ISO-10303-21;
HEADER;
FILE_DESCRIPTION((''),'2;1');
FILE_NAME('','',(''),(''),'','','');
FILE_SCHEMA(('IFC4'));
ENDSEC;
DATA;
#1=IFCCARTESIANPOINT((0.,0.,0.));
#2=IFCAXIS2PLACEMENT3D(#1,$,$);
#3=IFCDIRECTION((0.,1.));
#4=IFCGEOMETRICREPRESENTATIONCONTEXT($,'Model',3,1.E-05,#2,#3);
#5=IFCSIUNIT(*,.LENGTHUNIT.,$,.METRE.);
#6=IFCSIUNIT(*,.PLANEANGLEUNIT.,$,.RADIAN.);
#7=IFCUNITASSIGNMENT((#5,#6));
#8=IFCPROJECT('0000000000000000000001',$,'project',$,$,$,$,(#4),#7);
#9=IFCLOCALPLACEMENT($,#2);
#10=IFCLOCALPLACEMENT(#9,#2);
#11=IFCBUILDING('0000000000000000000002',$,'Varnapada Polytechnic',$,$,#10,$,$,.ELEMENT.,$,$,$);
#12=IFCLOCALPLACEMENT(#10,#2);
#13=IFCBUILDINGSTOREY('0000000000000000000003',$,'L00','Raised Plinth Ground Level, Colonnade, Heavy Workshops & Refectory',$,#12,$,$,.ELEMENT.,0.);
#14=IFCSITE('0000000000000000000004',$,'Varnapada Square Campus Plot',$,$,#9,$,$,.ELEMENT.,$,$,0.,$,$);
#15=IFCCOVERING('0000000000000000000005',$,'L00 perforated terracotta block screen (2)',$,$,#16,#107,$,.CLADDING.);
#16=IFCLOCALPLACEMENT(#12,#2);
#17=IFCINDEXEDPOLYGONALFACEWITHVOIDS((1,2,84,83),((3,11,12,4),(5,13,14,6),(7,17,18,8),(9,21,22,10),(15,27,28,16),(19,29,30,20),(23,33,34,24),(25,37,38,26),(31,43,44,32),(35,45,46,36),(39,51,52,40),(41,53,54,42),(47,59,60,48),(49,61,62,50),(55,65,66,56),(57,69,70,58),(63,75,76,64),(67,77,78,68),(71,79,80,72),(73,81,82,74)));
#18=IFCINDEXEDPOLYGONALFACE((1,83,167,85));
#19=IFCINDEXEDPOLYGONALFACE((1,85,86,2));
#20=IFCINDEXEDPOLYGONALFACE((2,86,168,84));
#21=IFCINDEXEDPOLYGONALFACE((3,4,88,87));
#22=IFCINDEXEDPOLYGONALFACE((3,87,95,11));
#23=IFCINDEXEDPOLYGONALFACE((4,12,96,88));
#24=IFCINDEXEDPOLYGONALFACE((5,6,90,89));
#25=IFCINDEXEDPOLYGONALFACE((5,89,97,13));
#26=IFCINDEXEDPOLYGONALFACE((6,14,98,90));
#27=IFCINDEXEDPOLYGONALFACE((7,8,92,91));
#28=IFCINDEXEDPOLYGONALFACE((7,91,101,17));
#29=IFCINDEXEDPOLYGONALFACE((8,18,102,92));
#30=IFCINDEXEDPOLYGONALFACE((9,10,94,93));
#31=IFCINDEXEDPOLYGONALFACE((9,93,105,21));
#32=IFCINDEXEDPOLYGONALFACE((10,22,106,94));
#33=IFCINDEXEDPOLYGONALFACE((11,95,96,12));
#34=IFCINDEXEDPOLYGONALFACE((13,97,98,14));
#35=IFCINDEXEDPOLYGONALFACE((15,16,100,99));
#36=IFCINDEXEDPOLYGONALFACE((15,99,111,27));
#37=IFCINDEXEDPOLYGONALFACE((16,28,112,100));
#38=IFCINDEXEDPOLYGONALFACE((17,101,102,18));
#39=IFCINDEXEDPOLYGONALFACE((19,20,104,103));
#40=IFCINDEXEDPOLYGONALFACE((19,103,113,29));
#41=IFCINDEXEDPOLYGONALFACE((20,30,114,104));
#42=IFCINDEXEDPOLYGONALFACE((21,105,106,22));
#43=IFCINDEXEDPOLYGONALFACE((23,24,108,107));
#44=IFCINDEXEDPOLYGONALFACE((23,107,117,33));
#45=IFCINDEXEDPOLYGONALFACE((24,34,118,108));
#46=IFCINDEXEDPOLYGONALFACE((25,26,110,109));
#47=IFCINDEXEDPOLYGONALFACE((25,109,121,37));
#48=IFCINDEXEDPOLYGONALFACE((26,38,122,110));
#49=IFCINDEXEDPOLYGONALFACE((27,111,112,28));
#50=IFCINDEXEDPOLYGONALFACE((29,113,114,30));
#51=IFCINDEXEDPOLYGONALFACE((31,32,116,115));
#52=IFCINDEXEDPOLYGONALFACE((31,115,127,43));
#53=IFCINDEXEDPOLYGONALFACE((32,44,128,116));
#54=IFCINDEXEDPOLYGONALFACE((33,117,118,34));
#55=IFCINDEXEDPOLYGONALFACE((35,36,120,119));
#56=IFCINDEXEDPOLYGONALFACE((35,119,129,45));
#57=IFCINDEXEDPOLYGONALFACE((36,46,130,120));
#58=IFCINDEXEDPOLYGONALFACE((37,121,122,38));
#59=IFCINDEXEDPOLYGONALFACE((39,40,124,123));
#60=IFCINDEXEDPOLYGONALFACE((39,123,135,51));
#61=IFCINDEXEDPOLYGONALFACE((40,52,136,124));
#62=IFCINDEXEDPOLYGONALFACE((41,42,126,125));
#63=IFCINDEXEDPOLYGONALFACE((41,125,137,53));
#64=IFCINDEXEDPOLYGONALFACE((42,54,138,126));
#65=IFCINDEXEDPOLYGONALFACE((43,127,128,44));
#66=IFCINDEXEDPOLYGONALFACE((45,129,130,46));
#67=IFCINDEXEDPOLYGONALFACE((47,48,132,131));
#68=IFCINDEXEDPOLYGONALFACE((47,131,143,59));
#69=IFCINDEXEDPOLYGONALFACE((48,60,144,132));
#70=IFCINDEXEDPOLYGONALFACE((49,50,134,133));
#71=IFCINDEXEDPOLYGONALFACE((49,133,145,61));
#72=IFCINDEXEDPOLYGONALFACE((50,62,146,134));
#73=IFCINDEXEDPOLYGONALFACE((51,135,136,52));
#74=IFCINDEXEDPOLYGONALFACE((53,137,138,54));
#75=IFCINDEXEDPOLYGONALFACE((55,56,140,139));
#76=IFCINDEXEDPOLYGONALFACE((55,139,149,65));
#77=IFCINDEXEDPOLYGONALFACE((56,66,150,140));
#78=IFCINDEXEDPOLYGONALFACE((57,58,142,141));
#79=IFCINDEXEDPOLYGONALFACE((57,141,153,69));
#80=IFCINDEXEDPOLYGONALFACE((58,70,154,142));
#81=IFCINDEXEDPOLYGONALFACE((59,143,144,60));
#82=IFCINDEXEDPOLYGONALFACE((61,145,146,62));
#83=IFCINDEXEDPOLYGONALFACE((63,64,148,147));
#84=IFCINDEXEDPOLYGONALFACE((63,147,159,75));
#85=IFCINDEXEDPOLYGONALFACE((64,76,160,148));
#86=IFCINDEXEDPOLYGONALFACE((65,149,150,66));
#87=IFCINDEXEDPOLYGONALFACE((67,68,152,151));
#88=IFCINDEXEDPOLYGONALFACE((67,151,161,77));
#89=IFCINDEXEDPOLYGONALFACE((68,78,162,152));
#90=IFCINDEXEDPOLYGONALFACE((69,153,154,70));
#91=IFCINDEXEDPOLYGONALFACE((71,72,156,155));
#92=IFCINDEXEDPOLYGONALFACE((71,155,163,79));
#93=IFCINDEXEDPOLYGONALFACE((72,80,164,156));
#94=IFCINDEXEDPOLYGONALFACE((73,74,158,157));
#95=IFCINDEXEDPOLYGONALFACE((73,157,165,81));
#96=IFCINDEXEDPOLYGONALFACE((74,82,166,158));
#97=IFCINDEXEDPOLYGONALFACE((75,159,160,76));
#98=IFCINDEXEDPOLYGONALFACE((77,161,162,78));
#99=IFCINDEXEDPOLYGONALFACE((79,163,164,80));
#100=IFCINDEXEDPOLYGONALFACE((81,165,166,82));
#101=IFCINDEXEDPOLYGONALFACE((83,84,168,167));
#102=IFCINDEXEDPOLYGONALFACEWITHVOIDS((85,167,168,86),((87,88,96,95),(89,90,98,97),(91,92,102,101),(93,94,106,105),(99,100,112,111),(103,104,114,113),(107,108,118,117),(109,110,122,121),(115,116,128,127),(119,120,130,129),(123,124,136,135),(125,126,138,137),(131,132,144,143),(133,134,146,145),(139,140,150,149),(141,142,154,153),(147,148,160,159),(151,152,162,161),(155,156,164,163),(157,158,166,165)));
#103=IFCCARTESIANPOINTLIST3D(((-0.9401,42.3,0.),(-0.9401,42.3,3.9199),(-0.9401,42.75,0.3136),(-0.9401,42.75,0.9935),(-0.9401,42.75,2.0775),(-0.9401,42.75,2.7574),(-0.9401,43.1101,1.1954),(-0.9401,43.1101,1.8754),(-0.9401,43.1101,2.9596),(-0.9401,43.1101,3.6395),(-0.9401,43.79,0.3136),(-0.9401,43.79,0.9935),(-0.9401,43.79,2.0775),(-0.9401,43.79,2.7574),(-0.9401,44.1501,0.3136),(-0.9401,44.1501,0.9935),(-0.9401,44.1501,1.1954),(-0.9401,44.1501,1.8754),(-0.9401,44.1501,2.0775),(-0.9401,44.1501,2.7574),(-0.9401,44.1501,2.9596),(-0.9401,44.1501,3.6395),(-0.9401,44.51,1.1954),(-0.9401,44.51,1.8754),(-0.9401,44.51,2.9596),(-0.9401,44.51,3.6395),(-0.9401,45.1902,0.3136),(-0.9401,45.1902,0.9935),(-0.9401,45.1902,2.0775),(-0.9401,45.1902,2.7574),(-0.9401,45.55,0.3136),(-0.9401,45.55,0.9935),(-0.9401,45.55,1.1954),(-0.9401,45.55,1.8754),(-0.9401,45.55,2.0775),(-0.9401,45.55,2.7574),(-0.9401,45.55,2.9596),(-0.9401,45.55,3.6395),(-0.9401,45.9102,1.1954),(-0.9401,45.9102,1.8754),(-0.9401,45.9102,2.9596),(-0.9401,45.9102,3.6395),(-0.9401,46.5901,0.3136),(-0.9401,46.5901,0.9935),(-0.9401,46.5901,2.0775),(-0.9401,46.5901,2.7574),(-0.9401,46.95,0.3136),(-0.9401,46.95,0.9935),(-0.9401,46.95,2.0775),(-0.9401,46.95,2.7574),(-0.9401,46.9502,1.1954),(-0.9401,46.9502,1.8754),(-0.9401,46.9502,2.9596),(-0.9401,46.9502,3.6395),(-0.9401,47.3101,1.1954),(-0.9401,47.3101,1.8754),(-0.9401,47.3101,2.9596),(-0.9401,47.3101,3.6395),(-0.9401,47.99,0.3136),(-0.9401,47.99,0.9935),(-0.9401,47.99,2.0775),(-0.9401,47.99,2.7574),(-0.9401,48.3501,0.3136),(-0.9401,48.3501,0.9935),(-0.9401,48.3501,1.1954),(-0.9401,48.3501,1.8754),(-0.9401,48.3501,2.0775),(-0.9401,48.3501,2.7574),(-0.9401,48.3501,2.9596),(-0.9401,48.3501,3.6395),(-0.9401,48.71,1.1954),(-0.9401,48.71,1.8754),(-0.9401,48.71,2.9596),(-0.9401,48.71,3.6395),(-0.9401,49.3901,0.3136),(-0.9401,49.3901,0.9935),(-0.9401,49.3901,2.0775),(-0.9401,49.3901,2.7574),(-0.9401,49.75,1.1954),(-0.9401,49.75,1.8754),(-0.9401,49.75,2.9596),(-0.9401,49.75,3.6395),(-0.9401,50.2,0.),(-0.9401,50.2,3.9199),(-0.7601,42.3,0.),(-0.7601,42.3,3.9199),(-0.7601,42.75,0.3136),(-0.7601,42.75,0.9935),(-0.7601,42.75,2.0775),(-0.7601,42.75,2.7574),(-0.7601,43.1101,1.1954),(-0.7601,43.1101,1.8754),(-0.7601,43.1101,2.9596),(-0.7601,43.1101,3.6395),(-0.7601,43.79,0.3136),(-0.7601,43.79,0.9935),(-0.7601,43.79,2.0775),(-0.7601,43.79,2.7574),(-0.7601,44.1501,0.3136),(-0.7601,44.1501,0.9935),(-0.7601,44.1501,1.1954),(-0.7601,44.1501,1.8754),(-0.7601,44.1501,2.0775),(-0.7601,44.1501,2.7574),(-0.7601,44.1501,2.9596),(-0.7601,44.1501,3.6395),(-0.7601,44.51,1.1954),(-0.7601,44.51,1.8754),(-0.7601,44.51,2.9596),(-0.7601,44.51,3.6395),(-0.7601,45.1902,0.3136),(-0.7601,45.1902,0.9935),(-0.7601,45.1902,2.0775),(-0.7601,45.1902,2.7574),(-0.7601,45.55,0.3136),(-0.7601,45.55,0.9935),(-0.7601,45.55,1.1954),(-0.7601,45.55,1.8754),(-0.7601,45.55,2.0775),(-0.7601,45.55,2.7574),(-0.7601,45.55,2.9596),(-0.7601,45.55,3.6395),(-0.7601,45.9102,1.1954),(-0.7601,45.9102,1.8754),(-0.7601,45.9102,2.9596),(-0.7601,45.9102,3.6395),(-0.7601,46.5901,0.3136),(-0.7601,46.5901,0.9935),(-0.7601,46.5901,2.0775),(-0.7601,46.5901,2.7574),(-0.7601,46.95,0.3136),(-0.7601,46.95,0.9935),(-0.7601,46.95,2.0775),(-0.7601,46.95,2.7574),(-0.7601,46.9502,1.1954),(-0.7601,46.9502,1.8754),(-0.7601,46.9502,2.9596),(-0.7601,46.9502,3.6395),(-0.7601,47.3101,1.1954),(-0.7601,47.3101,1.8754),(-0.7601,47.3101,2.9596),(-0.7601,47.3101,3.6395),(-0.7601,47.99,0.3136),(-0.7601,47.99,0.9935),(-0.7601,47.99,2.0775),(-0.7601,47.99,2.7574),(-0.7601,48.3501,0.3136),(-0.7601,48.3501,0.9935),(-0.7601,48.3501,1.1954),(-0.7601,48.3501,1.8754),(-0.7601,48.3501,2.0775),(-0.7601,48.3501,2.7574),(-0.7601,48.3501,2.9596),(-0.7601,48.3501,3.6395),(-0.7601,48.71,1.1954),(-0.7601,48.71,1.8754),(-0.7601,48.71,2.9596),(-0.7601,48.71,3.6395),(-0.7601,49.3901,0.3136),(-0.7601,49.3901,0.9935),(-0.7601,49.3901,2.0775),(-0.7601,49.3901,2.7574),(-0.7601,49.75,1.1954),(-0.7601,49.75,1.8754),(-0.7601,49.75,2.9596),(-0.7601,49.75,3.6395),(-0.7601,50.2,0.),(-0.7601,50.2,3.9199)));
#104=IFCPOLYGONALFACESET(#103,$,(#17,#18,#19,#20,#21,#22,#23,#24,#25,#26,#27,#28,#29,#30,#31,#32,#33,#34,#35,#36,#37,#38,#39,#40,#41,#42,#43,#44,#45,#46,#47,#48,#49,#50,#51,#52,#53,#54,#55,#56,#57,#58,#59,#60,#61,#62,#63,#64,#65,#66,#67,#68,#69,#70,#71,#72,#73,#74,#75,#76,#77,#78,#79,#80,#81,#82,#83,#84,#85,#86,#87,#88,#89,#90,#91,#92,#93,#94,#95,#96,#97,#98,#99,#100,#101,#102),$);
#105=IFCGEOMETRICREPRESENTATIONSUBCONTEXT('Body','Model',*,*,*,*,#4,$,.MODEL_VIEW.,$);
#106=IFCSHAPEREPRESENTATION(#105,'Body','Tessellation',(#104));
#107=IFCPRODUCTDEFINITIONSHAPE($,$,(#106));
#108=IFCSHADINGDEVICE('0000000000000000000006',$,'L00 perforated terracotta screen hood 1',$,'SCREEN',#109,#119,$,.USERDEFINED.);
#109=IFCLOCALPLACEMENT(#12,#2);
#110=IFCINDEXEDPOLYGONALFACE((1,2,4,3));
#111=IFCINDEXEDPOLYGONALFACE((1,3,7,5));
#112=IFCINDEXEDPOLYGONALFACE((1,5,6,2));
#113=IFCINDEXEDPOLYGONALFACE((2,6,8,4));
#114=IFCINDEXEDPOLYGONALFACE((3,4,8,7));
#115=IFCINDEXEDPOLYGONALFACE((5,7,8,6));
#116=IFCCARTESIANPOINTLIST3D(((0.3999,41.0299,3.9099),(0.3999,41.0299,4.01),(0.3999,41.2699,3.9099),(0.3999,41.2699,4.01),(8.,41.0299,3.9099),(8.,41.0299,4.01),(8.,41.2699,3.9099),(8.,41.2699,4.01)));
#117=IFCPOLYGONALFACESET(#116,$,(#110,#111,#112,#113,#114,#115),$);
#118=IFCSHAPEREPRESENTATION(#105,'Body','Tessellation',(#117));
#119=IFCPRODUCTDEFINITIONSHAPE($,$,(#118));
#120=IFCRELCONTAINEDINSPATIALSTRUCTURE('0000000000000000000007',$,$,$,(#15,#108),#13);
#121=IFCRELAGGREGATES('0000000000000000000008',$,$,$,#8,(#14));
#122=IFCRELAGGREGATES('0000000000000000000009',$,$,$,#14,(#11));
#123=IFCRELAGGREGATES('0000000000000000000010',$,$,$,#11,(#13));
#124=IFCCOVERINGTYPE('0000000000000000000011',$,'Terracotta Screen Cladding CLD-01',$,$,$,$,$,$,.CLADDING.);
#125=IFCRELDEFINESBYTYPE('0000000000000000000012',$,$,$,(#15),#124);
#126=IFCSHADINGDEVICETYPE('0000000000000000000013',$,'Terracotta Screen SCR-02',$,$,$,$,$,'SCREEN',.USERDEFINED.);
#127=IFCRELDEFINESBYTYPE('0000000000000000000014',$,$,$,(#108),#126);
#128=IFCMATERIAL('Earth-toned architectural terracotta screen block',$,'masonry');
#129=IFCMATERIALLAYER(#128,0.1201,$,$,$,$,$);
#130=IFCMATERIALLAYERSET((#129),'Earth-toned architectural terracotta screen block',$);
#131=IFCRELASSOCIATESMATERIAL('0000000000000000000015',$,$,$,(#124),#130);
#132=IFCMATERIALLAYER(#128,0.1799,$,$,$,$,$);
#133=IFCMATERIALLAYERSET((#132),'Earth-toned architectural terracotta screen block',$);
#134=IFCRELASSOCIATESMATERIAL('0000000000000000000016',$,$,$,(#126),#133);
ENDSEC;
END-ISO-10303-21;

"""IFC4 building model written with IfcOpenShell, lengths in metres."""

from ifc_helpers import new_model, si_unit, direction, frame, frame_2d, origin, origin_2d, place, context, subcontext, project, spatial, rectangle, extrude, material, layer, layer_set, type_object, element, save


model = new_model("IFC4")

# Units and contexts
model_context = context("Model", 3, precision=1e-05, world=origin(), true_north=direction((0.0, 1.0)))
body_context = subcontext(model_context, "Body", "Model", "MODEL_VIEW")
ifc_project = project(units=[si_unit("LENGTHUNIT", "METRE"), si_unit("PLANEANGLEUNIT", "RADIAN")], contexts=[model_context])

# Site, building, storey
site_placement = place(None, origin())
site = spatial("IfcSite", under=ifc_project, at=site_placement, Name="Varnapada Square Campus Plot", CompositionType="ELEMENT", RefElevation=0.0)
building_placement = place(site_placement, origin())
building = spatial("IfcBuilding", under=site, at=building_placement, Name="Varnapada Polytechnic", CompositionType="ELEMENT")
storey_placement = place(building_placement, origin())
storey = spatial("IfcBuildingStorey", under=building, at=storey_placement, Name="L00", Description="Raised Plinth Ground Level, Colonnade, Heavy Workshops & Refectory", CompositionType="ELEMENT", Elevation=0.0)

# Covering, openings
ifc_material_1 = material(Name="Earth-toned architectural terracotta screen block", Category="masonry")
ifc_layer_1 = layer(ifc_material_1, 0.1201)
ifc_layer_set_1 = layer_set([ifc_layer_1], Name="Earth-toned architectural terracotta screen block")
covering_type = type_object("IfcCoveringType", Name="Terracotta Screen Cladding CLD-01", PredefinedType="CLADDING", material=ifc_layer_set_1)
covering_placement = place(storey_placement, frame((-0.8501, 42.3, 0.0), z_axis=(0.0, 0.0, 1.0), x_axis=(0.0, 1.0, 0.0)))
covering = element("IfcCovering", 1, at=covering_placement, inside=storey, type_object=covering_type, Name="L00 perforated terracotta block screen (2)", PredefinedType="CLADDING", context=body_context, shape_type="SweptSolid", body=[
    extrude(rectangle(XDim=7.8999, YDim=0.1799, at=frame_2d((3.95, 0.0))), origin(), (0.0, 0.0, 1.0), 3.9199),
])
opening_1_placement = place(covering_placement, frame((0.45, 0.0, 0.3137)))
element("IfcOpeningElement", 2, at=opening_1_placement, cuts=covering, PredefinedType="OPENING", context=body_context, shape_type="SweptSolid", body=[
    extrude(rectangle(XDim=1.04, YDim=0.6799, at=frame_2d((0.52, 0.3398))), frame((0.0, 0.0999, 0.0), z_axis=(0.0, -1.0, 0.0), x_axis=(1.0, 0.0, 0.0)), (0.0, 0.0, 1.0), 0.2),
])
opening_2_placement = place(covering_placement, frame((1.8501, 0.0, 0.3137)))
element("IfcOpeningElement", 3, at=opening_2_placement, cuts=covering, PredefinedType="OPENING", context=body_context, shape_type="SweptSolid", body=[
    extrude(rectangle(XDim=1.04, YDim=0.6799, at=frame_2d((0.52, 0.3398))), frame((0.0, 0.0999, 0.0), z_axis=(0.0, -1.0, 0.0), x_axis=(1.0, 0.0, 0.0)), (0.0, 0.0, 1.0), 0.2),
])
opening_3_placement = place(covering_placement, frame((3.25, 0.0, 0.3137)))
element("IfcOpeningElement", 4, at=opening_3_placement, cuts=covering, PredefinedType="OPENING", context=body_context, shape_type="SweptSolid", body=[
    extrude(rectangle(XDim=1.04, YDim=0.6799, at=frame_2d((0.52, 0.3398))), frame((0.0, 0.0999, 0.0), z_axis=(0.0, -1.0, 0.0), x_axis=(1.0, 0.0, 0.0)), (0.0, 0.0, 1.0), 0.2),
])
opening_4_placement = place(covering_placement, frame((4.6499, 0.0, 0.3137)))
element("IfcOpeningElement", 5, at=opening_4_placement, cuts=covering, PredefinedType="OPENING", context=body_context, shape_type="SweptSolid", body=[
    extrude(rectangle(XDim=1.04, YDim=0.6799, at=frame_2d((0.52, 0.3398))), frame((0.0, 0.0999, 0.0), z_axis=(0.0, -1.0, 0.0), x_axis=(1.0, 0.0, 0.0)), (0.0, 0.0, 1.0), 0.2),
])
opening_5_placement = place(covering_placement, frame((6.05, 0.0, 0.3137)))
element("IfcOpeningElement", 6, at=opening_5_placement, cuts=covering, PredefinedType="OPENING", context=body_context, shape_type="SweptSolid", body=[
    extrude(rectangle(XDim=1.04, YDim=0.6799, at=frame_2d((0.52, 0.3398))), frame((0.0, 0.0999, 0.0), z_axis=(0.0, -1.0, 0.0), x_axis=(1.0, 0.0, 0.0)), (0.0, 0.0, 1.0), 0.2),
])
opening_6_placement = place(covering_placement, frame((0.8101, 0.0, 1.1956)))
element("IfcOpeningElement", 7, at=opening_6_placement, cuts=covering, PredefinedType="OPENING", context=body_context, shape_type="SweptSolid", body=[
    extrude(rectangle(XDim=1.04, YDim=0.6799, at=frame_2d((0.52, 0.3398))), frame((0.0, 0.0999, 0.0), z_axis=(0.0, -1.0, 0.0), x_axis=(1.0, 0.0, 0.0)), (0.0, 0.0, 1.0), 0.2),
])
opening_7_placement = place(covering_placement, frame((2.21, 0.0, 1.1956)))
element("IfcOpeningElement", 8, at=opening_7_placement, cuts=covering, PredefinedType="OPENING", context=body_context, shape_type="SweptSolid", body=[
    extrude(rectangle(XDim=1.04, YDim=0.6799, at=frame_2d((0.52, 0.3398))), frame((0.0, 0.0999, 0.0), z_axis=(0.0, -1.0, 0.0), x_axis=(1.0, 0.0, 0.0)), (0.0, 0.0, 1.0), 0.2),
])
opening_8_placement = place(covering_placement, frame((3.6101, 0.0, 1.1956)))
element("IfcOpeningElement", 9, at=opening_8_placement, cuts=covering, PredefinedType="OPENING", context=body_context, shape_type="SweptSolid", body=[
    extrude(rectangle(XDim=1.04, YDim=0.6799, at=frame_2d((0.52, 0.3398))), frame((0.0, 0.0999, 0.0), z_axis=(0.0, -1.0, 0.0), x_axis=(1.0, 0.0, 0.0)), (0.0, 0.0, 1.0), 0.2),
])
opening_9_placement = place(covering_placement, frame((5.01, 0.0, 1.1956)))
element("IfcOpeningElement", 10, at=opening_9_placement, cuts=covering, PredefinedType="OPENING", context=body_context, shape_type="SweptSolid", body=[
    extrude(rectangle(XDim=1.04, YDim=0.6799, at=frame_2d((0.52, 0.3398))), frame((0.0, 0.0999, 0.0), z_axis=(0.0, -1.0, 0.0), x_axis=(1.0, 0.0, 0.0)), (0.0, 0.0, 1.0), 0.2),
])
opening_10_placement = place(covering_placement, frame((6.4099, 0.0, 1.1956)))
element("IfcOpeningElement", 11, at=opening_10_placement, cuts=covering, PredefinedType="OPENING", context=body_context, shape_type="SweptSolid", body=[
    extrude(rectangle(XDim=1.04, YDim=0.6799, at=frame_2d((0.52, 0.3398))), frame((0.0, 0.0999, 0.0), z_axis=(0.0, -1.0, 0.0), x_axis=(1.0, 0.0, 0.0)), (0.0, 0.0, 1.0), 0.2),
])
opening_11_placement = place(covering_placement, frame((0.45, 0.0, 2.0776)))
element("IfcOpeningElement", 12, at=opening_11_placement, cuts=covering, PredefinedType="OPENING", context=body_context, shape_type="SweptSolid", body=[
    extrude(rectangle(XDim=1.04, YDim=0.6799, at=frame_2d((0.52, 0.3398))), frame((0.0, 0.0999, 0.0), z_axis=(0.0, -1.0, 0.0), x_axis=(1.0, 0.0, 0.0)), (0.0, 0.0, 1.0), 0.2),
])
opening_12_placement = place(covering_placement, frame((1.8501, 0.0, 2.0776)))
element("IfcOpeningElement", 13, at=opening_12_placement, cuts=covering, PredefinedType="OPENING", context=body_context, shape_type="SweptSolid", body=[
    extrude(rectangle(XDim=1.04, YDim=0.6799, at=frame_2d((0.52, 0.3398))), frame((0.0, 0.0999, 0.0), z_axis=(0.0, -1.0, 0.0), x_axis=(1.0, 0.0, 0.0)), (0.0, 0.0, 1.0), 0.2),
])
opening_13_placement = place(covering_placement, frame((3.25, 0.0, 2.0776)))
element("IfcOpeningElement", 14, at=opening_13_placement, cuts=covering, PredefinedType="OPENING", context=body_context, shape_type="SweptSolid", body=[
    extrude(rectangle(XDim=1.04, YDim=0.6799, at=frame_2d((0.52, 0.3398))), frame((0.0, 0.0999, 0.0), z_axis=(0.0, -1.0, 0.0), x_axis=(1.0, 0.0, 0.0)), (0.0, 0.0, 1.0), 0.2),
])
opening_14_placement = place(covering_placement, frame((4.6499, 0.0, 2.0776)))
element("IfcOpeningElement", 15, at=opening_14_placement, cuts=covering, PredefinedType="OPENING", context=body_context, shape_type="SweptSolid", body=[
    extrude(rectangle(XDim=1.04, YDim=0.6799, at=frame_2d((0.52, 0.3398))), frame((0.0, 0.0999, 0.0), z_axis=(0.0, -1.0, 0.0), x_axis=(1.0, 0.0, 0.0)), (0.0, 0.0, 1.0), 0.2),
])
opening_15_placement = place(covering_placement, frame((6.05, 0.0, 2.0776)))
element("IfcOpeningElement", 16, at=opening_15_placement, cuts=covering, PredefinedType="OPENING", context=body_context, shape_type="SweptSolid", body=[
    extrude(rectangle(XDim=1.04, YDim=0.6799, at=frame_2d((0.52, 0.3398))), frame((0.0, 0.0999, 0.0), z_axis=(0.0, -1.0, 0.0), x_axis=(1.0, 0.0, 0.0)), (0.0, 0.0, 1.0), 0.2),
])
opening_16_placement = place(covering_placement, frame((0.8101, 0.0, 2.9597)))
element("IfcOpeningElement", 17, at=opening_16_placement, cuts=covering, PredefinedType="OPENING", context=body_context, shape_type="SweptSolid", body=[
    extrude(rectangle(XDim=1.04, YDim=0.6799, at=frame_2d((0.52, 0.3398))), frame((0.0, 0.0999, 0.0), z_axis=(0.0, -1.0, 0.0), x_axis=(1.0, 0.0, 0.0)), (0.0, 0.0, 1.0), 0.2),
])
opening_17_placement = place(covering_placement, frame((2.21, 0.0, 2.9597)))
element("IfcOpeningElement", 18, at=opening_17_placement, cuts=covering, PredefinedType="OPENING", context=body_context, shape_type="SweptSolid", body=[
    extrude(rectangle(XDim=1.04, YDim=0.6799, at=frame_2d((0.52, 0.3398))), frame((0.0, 0.0999, 0.0), z_axis=(0.0, -1.0, 0.0), x_axis=(1.0, 0.0, 0.0)), (0.0, 0.0, 1.0), 0.2),
])
opening_18_placement = place(covering_placement, frame((3.6101, 0.0, 2.9597)))
element("IfcOpeningElement", 19, at=opening_18_placement, cuts=covering, PredefinedType="OPENING", context=body_context, shape_type="SweptSolid", body=[
    extrude(rectangle(XDim=1.04, YDim=0.6799, at=frame_2d((0.52, 0.3398))), frame((0.0, 0.0999, 0.0), z_axis=(0.0, -1.0, 0.0), x_axis=(1.0, 0.0, 0.0)), (0.0, 0.0, 1.0), 0.2),
])
opening_19_placement = place(covering_placement, frame((5.01, 0.0, 2.9597)))
element("IfcOpeningElement", 20, at=opening_19_placement, cuts=covering, PredefinedType="OPENING", context=body_context, shape_type="SweptSolid", body=[
    extrude(rectangle(XDim=1.04, YDim=0.6799, at=frame_2d((0.52, 0.3398))), frame((0.0, 0.0999, 0.0), z_axis=(0.0, -1.0, 0.0), x_axis=(1.0, 0.0, 0.0)), (0.0, 0.0, 1.0), 0.2),
])
opening_20_placement = place(covering_placement, frame((6.4099, 0.0, 2.9597)))
element("IfcOpeningElement", 21, at=opening_20_placement, cuts=covering, PredefinedType="OPENING", context=body_context, shape_type="SweptSolid", body=[
    extrude(rectangle(XDim=1.04, YDim=0.6799, at=frame_2d((0.52, 0.3398))), frame((0.0, 0.0999, 0.0), z_axis=(0.0, -1.0, 0.0), x_axis=(1.0, 0.0, 0.0)), (0.0, 0.0, 1.0), 0.2),
])

# Shading device
ifc_layer_2 = layer(ifc_material_1, 0.1799)
ifc_layer_set_2 = layer_set([ifc_layer_2], Name="Earth-toned architectural terracotta screen block")
shading_device_type_1 = type_object("IfcShadingDeviceType", Name="Terracotta Screen SCR-02", ElementType="SCREEN", PredefinedType="USERDEFINED", material=ifc_layer_set_2)
shading_device_1_placement = place(storey_placement, frame((4.2, 41.1499, 3.9099), z_axis=(0.0, 0.0, 1.0), x_axis=(-1.0, 0.0, 0.0)))
element("IfcShadingDevice", 22, at=shading_device_1_placement, inside=storey, type_object=shading_device_type_1, Name="L00 perforated terracotta screen hood 1", ObjectType="SCREEN", PredefinedType="USERDEFINED", context=body_context, shape_type="SweptSolid", body=[
    extrude(rectangle(XDim=7.6001, YDim=0.24, at=origin_2d()), origin(), (0.0, 0.0, 1.0), 0.1001),
])

save(model, "model.ifc")
